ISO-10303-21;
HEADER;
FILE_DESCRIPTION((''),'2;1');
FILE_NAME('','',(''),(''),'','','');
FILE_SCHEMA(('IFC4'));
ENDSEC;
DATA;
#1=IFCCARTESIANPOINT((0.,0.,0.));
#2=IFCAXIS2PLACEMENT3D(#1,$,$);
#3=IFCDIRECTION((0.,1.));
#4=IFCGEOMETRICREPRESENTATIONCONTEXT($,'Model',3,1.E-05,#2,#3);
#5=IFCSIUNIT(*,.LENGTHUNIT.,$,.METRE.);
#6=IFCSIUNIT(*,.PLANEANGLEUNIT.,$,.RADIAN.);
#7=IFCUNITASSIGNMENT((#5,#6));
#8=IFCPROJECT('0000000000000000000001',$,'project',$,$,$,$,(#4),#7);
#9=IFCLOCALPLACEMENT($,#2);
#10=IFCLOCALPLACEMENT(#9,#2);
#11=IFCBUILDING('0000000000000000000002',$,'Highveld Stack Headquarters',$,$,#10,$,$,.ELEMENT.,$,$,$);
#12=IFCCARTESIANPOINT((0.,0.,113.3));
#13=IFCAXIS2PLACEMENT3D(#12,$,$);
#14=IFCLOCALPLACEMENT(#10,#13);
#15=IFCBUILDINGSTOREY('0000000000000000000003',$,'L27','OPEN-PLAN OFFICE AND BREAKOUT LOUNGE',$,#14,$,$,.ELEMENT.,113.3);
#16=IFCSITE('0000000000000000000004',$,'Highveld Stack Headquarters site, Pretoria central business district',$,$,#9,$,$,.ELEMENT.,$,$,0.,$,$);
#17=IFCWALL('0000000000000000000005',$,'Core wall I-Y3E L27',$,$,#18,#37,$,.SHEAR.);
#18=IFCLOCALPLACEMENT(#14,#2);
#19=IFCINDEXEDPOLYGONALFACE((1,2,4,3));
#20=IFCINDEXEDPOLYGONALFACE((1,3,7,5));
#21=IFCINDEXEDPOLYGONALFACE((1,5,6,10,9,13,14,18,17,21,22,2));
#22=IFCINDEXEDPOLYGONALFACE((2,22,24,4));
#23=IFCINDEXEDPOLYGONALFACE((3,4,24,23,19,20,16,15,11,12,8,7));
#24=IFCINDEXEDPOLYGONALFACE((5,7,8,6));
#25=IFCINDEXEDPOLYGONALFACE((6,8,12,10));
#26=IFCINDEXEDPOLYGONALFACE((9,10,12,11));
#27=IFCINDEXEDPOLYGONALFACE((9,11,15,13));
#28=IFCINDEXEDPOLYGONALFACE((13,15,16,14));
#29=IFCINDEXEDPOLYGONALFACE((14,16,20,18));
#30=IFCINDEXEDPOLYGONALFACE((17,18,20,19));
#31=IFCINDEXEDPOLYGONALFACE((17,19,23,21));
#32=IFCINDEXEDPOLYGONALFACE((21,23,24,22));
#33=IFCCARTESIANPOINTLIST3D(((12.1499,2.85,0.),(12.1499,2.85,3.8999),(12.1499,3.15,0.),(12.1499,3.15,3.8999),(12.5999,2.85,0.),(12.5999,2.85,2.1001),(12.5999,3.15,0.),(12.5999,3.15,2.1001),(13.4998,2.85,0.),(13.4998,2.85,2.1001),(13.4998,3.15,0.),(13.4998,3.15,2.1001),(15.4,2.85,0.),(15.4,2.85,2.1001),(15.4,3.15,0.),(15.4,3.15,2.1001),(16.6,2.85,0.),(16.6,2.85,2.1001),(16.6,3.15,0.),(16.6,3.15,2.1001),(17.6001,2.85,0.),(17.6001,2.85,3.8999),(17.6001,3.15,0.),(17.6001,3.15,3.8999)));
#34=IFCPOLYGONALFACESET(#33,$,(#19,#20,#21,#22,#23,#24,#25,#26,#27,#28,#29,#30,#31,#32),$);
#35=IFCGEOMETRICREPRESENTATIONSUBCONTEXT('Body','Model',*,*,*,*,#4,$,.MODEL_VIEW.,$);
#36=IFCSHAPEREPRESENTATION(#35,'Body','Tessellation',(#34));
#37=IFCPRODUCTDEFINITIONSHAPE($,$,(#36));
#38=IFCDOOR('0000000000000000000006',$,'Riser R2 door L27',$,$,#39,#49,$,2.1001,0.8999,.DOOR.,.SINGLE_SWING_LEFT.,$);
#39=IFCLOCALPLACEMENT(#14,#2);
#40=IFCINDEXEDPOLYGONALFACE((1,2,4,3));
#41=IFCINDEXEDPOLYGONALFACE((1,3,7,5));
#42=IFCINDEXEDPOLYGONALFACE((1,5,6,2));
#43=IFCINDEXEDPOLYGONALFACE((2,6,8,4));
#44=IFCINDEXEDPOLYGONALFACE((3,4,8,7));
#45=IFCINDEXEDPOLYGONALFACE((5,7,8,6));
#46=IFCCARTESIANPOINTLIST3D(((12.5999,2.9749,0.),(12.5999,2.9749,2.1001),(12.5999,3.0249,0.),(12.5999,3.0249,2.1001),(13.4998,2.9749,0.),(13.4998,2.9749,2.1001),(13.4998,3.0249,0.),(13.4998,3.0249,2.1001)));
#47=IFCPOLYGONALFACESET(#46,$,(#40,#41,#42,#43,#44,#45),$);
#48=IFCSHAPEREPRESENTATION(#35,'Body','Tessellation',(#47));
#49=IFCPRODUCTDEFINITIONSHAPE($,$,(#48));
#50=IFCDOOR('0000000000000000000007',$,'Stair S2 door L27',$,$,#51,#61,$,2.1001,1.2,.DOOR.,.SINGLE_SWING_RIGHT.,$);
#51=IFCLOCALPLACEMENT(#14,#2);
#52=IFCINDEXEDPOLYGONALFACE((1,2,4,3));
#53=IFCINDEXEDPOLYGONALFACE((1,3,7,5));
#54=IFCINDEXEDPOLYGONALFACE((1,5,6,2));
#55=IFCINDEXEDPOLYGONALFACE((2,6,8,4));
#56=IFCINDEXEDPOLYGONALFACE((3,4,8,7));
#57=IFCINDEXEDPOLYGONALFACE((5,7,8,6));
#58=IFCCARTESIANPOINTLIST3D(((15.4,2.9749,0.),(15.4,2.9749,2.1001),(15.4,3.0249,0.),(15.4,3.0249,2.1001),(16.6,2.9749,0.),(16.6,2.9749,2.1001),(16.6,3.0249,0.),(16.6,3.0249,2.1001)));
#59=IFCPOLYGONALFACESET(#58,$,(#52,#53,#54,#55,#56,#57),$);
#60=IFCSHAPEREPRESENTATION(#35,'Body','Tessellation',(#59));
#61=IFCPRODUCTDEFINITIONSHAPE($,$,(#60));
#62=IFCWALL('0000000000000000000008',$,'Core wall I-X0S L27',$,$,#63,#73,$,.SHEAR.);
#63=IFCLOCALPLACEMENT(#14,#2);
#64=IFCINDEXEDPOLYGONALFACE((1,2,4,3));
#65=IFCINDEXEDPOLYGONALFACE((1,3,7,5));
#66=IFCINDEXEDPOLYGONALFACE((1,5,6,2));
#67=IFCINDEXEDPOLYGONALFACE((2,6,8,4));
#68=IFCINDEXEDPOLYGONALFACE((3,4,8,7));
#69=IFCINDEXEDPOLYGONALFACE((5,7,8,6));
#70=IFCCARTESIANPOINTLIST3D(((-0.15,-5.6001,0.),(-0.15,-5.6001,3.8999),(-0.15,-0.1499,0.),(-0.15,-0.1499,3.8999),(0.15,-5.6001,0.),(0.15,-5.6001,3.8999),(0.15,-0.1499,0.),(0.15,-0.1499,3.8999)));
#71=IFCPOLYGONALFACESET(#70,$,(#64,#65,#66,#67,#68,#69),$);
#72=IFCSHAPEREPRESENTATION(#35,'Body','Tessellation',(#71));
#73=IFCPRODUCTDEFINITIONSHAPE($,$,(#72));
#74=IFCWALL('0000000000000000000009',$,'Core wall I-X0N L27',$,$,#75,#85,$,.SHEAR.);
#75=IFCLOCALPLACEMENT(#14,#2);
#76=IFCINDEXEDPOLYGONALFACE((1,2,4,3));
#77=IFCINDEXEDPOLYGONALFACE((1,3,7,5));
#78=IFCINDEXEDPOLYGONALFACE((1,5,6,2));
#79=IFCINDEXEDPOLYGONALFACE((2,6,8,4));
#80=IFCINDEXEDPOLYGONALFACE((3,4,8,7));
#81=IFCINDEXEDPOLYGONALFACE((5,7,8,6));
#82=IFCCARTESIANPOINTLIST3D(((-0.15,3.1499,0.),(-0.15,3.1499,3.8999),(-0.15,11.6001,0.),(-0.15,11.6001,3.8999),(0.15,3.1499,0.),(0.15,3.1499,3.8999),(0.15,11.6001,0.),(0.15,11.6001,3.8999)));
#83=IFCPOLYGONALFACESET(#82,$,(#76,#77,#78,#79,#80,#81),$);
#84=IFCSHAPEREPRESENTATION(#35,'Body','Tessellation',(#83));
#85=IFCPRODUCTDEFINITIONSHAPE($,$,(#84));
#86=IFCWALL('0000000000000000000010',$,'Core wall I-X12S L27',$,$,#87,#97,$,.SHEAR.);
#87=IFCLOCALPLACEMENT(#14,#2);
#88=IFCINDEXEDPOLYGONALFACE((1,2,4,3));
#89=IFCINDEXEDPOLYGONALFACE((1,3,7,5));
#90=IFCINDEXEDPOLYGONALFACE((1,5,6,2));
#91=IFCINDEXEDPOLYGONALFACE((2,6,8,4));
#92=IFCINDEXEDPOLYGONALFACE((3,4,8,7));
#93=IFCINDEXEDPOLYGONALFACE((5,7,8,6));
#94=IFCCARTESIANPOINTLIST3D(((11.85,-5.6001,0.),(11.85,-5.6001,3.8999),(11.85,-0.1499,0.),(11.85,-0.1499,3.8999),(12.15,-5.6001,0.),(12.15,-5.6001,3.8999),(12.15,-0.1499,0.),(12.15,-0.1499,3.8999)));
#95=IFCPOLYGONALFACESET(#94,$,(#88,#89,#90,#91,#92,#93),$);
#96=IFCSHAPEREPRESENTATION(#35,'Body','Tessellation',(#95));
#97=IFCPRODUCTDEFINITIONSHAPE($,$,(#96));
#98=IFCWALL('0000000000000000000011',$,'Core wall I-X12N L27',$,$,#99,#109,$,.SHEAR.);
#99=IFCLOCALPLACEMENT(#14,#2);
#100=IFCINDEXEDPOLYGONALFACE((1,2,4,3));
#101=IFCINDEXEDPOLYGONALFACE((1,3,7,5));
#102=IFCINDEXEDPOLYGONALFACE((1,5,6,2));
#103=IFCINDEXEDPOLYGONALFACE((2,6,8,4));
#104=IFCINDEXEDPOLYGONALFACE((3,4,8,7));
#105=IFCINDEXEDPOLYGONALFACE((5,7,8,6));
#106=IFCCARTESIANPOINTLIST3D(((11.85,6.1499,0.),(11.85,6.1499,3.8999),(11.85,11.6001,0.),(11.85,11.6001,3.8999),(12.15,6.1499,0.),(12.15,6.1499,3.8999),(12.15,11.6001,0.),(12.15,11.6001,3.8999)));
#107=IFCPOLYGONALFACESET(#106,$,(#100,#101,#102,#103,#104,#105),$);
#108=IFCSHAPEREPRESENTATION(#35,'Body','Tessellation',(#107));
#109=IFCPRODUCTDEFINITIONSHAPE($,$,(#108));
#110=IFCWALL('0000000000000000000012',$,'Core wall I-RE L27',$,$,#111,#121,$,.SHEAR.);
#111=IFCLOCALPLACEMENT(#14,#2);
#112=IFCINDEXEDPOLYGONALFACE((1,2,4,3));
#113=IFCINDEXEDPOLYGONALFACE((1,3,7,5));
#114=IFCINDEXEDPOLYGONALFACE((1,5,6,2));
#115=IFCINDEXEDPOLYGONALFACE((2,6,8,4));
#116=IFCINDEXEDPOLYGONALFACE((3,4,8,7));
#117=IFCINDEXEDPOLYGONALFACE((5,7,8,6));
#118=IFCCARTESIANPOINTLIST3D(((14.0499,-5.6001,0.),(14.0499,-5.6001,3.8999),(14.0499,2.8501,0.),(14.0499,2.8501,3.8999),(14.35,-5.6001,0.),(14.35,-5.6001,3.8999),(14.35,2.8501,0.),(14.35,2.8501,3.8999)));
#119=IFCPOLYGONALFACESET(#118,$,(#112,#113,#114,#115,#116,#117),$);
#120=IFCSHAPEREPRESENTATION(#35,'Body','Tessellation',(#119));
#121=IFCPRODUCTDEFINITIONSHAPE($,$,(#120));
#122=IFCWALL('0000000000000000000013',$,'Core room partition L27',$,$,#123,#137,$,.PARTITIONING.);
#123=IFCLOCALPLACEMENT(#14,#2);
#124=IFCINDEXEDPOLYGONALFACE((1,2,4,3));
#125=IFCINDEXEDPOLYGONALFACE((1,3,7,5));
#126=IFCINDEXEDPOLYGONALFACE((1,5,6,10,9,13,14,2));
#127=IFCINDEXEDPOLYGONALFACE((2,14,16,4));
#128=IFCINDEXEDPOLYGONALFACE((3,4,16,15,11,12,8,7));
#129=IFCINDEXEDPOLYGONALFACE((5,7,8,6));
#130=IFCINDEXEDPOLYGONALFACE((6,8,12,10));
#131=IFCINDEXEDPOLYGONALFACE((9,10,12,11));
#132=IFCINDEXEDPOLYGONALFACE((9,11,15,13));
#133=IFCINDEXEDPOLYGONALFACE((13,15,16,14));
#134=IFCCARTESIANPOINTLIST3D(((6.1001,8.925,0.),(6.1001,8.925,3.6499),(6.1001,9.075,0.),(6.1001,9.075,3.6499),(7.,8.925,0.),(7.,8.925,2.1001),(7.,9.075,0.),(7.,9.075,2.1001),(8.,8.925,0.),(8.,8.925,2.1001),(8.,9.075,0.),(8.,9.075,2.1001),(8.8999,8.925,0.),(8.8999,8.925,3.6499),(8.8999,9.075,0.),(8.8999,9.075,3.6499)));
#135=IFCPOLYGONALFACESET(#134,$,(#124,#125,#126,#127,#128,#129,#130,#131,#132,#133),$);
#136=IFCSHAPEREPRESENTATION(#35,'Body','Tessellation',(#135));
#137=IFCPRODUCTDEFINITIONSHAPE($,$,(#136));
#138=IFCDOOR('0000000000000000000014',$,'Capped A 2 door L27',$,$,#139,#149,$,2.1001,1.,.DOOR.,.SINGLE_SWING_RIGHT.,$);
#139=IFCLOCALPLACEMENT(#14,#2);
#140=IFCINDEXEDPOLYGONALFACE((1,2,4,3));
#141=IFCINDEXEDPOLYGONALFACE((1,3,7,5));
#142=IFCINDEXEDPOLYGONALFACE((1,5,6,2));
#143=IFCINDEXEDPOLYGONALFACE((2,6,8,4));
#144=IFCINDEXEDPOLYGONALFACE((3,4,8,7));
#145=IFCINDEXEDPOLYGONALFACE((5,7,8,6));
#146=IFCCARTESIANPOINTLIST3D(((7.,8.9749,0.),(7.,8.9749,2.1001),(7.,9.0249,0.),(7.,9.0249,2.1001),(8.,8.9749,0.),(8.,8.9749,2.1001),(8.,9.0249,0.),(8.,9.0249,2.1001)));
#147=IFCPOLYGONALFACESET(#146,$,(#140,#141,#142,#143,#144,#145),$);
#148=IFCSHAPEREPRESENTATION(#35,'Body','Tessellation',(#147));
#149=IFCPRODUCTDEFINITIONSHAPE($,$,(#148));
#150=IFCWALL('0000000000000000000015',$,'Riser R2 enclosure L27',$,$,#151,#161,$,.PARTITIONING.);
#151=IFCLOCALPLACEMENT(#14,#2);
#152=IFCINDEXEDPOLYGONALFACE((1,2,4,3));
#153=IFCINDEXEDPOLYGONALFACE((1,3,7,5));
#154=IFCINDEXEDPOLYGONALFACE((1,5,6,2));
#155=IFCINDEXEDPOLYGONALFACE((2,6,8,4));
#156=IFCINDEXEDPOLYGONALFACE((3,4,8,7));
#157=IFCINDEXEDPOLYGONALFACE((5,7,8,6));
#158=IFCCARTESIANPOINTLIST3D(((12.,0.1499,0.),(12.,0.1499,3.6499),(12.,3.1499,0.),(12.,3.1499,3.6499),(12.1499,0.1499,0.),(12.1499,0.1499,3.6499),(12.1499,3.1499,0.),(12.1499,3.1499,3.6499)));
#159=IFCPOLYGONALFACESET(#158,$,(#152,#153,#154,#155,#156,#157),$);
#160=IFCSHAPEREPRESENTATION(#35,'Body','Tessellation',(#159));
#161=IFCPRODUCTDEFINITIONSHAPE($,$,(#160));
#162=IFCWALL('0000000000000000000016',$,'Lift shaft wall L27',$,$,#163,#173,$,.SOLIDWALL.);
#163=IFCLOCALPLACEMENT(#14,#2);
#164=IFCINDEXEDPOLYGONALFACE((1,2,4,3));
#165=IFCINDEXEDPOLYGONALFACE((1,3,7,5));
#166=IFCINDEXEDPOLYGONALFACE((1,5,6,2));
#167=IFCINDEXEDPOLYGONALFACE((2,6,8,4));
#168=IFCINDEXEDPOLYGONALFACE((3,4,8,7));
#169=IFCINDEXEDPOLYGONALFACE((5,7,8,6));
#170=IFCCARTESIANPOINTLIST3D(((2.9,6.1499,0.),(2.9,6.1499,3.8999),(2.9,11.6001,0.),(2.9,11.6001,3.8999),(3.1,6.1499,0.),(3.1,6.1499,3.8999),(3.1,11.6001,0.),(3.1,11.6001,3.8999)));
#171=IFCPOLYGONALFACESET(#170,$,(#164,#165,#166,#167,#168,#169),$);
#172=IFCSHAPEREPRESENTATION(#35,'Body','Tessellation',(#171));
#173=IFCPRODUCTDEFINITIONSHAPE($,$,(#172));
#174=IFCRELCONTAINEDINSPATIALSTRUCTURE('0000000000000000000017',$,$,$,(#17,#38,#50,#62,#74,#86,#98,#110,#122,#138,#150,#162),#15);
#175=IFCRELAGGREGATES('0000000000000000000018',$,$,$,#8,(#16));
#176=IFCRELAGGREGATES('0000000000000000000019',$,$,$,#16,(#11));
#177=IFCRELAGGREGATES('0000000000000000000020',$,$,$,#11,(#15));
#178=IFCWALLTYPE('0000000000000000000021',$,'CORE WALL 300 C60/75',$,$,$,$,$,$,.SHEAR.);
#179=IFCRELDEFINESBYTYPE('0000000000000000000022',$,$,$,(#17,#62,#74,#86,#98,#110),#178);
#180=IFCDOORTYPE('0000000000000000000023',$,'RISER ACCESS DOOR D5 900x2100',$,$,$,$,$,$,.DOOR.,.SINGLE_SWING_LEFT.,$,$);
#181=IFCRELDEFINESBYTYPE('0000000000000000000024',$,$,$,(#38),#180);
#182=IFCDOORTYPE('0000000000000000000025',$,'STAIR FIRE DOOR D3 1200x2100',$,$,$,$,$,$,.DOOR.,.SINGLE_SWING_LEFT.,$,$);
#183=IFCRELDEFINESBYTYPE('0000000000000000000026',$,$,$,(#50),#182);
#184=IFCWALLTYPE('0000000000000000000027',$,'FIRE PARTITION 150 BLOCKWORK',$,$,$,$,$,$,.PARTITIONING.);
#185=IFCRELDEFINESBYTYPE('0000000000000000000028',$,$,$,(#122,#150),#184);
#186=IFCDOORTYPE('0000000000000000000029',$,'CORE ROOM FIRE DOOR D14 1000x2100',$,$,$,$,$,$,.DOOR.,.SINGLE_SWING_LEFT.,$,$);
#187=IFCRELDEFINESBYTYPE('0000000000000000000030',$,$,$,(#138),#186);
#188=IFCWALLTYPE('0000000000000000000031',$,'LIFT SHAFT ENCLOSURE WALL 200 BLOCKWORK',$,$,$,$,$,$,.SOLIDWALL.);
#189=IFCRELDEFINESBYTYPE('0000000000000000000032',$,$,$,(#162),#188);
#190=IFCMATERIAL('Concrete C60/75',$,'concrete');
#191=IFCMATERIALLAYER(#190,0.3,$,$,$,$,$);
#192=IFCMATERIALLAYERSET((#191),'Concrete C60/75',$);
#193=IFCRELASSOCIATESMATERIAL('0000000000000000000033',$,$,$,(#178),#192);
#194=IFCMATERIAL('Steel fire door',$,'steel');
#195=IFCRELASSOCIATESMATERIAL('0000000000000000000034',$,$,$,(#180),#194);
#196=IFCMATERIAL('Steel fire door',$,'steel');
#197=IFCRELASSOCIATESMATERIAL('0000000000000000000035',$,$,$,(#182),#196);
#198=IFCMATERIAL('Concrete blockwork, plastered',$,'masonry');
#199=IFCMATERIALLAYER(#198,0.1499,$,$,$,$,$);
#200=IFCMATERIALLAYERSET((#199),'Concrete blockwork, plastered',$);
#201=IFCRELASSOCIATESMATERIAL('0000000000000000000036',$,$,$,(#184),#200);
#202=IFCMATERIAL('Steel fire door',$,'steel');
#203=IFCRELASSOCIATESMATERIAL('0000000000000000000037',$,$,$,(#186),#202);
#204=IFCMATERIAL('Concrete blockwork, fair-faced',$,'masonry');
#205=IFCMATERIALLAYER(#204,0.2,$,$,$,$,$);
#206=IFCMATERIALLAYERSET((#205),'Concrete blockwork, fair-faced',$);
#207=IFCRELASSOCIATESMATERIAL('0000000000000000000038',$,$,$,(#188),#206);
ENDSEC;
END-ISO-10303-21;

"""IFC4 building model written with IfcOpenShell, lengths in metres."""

from ifc_helpers import new_model, si_unit, direction, frame, frame_2d, origin, place, context, subcontext, project, spatial, rectangle, extrude, material, layer, layer_set, type_object, element, fill, save


model = new_model("IFC4")

# Units and contexts
model_context = context("Model", 3, precision=1e-05, world=origin(), true_north=direction((0.0, 1.0)))
body_context = subcontext(model_context, "Body", "Model", "MODEL_VIEW")
ifc_project = project(units=[si_unit("LENGTHUNIT", "METRE"), si_unit("PLANEANGLEUNIT", "RADIAN")], contexts=[model_context])

# Site, building, storey
site_placement = place(None, origin())
site = spatial("IfcSite", under=ifc_project, at=site_placement, Name="Highveld Stack Headquarters site, Pretoria central business district", CompositionType="ELEMENT", RefElevation=0.0)
building_placement = place(site_placement, origin())
building = spatial("IfcBuilding", under=site, at=building_placement, Name="Highveld Stack Headquarters", CompositionType="ELEMENT")
storey_placement = place(building_placement, frame((0.0, 0.0, 113.3)))
storey = spatial("IfcBuildingStorey", under=building, at=storey_placement, Name="L27", Description="OPEN-PLAN OFFICE AND BREAKOUT LOUNGE", CompositionType="ELEMENT", Elevation=113.3)

# Wall, openings, doors
ifc_material_1 = material(Name="Concrete C60/75", Category="concrete")
ifc_layer_1 = layer(ifc_material_1, 0.3)
ifc_layer_set_1 = layer_set([ifc_layer_1], Name="Concrete C60/75")
wall_type_1 = type_object("IfcWallType", Name="CORE WALL 300 C60/75", PredefinedType="SHEAR", material=ifc_layer_set_1)
wall_1_placement = place(storey_placement, frame((12.1499, 3.0, 0.0), z_axis=(0.0, 0.0, 1.0), x_axis=(1.0, 0.0, 0.0)))
wall_1 = element("IfcWall", 1, at=wall_1_placement, inside=storey, type_object=wall_type_1, Name="Core wall I-Y3E L27", PredefinedType="SHEAR", context=body_context, shape_type="SweptSolid", body=[
    extrude(rectangle(XDim=5.4502, YDim=0.3, at=frame_2d((2.7251, 0.0))), origin(), (0.0, 0.0, 1.0), 3.8999),
])
opening_1_placement = place(wall_1_placement, frame((3.25, 0.0, 0.0)))
opening_1 = element("IfcOpeningElement", 2, at=opening_1_placement, cuts=wall_1, PredefinedType="OPENING", context=body_context, shape_type="SweptSolid", body=[
    extrude(rectangle(XDim=1.2, YDim=2.1001, at=frame_2d((0.6001, 1.05))), frame((0.0, 0.1599, 0.0), z_axis=(0.0, -1.0, 0.0), x_axis=(1.0, 0.0, 0.0)), (0.0, 0.0, 1.0), 0.3201),
])
opening_2_placement = place(wall_1_placement, frame((0.45, 0.0, 0.0)))
opening_2 = element("IfcOpeningElement", 3, at=opening_2_placement, cuts=wall_1, PredefinedType="OPENING", context=body_context, shape_type="SweptSolid", body=[
    extrude(rectangle(XDim=0.8999, YDim=2.1001, at=frame_2d((0.45, 1.05))), frame((0.0, 0.1599, 0.0), z_axis=(0.0, -1.0, 0.0), x_axis=(1.0, 0.0, 0.0)), (0.0, 0.0, 1.0), 0.3201),
])
ifc_material_2 = material(Name="Steel fire door", Category="steel")
door_type_1 = type_object("IfcDoorType", Name="RISER ACCESS DOOR D5 900x2100", OperationType="SINGLE_SWING_LEFT", PredefinedType="DOOR", material=ifc_material_2)
door_1_placement = place(opening_2_placement, origin())
door_1 = element("IfcDoor", 4, at=door_1_placement, inside=storey, type_object=door_type_1, Name="Riser R2 door L27", OperationType="SINGLE_SWING_LEFT", OverallHeight=2.1001, OverallWidth=0.8999, PredefinedType="DOOR", context=body_context, shape_type="SweptSolid", body=[
    extrude(rectangle(XDim=0.8999, YDim=2.1001, at=frame_2d((0.45, 1.05))), frame((0.0, 0.0249, 0.0), z_axis=(0.0, -1.0, 0.0), x_axis=(1.0, 0.0, 0.0)), (0.0, 0.0, 1.0), 0.05),
])
fill(opening_2, door_1)
ifc_material_3 = material(Name="Steel fire door", Category="steel")
door_type_2 = type_object("IfcDoorType", Name="STAIR FIRE DOOR D3 1200x2100", OperationType="SINGLE_SWING_LEFT", PredefinedType="DOOR", material=ifc_material_3)
door_2_placement = place(opening_1_placement, origin())
door_2 = element("IfcDoor", 5, at=door_2_placement, inside=storey, type_object=door_type_2, Name="Stair S2 door L27", OperationType="SINGLE_SWING_RIGHT", OverallHeight=2.1001, OverallWidth=1.2, PredefinedType="DOOR", context=body_context, shape_type="SweptSolid", body=[
    extrude(rectangle(XDim=1.2, YDim=2.1001, at=frame_2d((0.6001, 1.05))), frame((0.0, 0.0249, 0.0), z_axis=(0.0, -1.0, 0.0), x_axis=(1.0, 0.0, 0.0)), (0.0, 0.0, 1.0), 0.05),
])
fill(opening_1, door_2)

# Walls
wall_2_placement = place(storey_placement, frame((0.0, -5.6001, 0.0), z_axis=(0.0, 0.0, 1.0), x_axis=(0.0, 1.0, 0.0)))
element("IfcWall", 6, at=wall_2_placement, inside=storey, type_object=wall_type_1, Name="Core wall I-X0S L27", PredefinedType="SHEAR", context=body_context, shape_type="SweptSolid", body=[
    extrude(rectangle(XDim=5.4502, YDim=0.3, at=frame_2d((2.7251, 0.0))), origin(), (0.0, 0.0, 1.0), 3.8999),
])
wall_3_placement = place(storey_placement, frame((0.0, 3.1499, 0.0), z_axis=(0.0, 0.0, 1.0), x_axis=(0.0, 1.0, 0.0)))
element("IfcWall", 7, at=wall_3_placement, inside=storey, type_object=wall_type_1, Name="Core wall I-X0N L27", PredefinedType="SHEAR", context=body_context, shape_type="SweptSolid", body=[
    extrude(rectangle(XDim=8.4502, YDim=0.3, at=frame_2d((4.2251, 0.0))), origin(), (0.0, 0.0, 1.0), 3.8999),
])
for number, where, z_axis, x_axis, name in (
    (8, (12.0, -5.6001, 0.0), (0.0, 0.0, 1.0), (0.0, 1.0, 0.0), "Core wall I-X12S L27"),
    (9, (12.0, 6.1499, 0.0), (0.0, 0.0, 1.0), (0.0, 1.0, 0.0), "Core wall I-X12N L27"),
):
    element("IfcWall", number, at=place(storey_placement, frame(where, z_axis=z_axis, x_axis=x_axis)), inside=storey, type_object=wall_type_1, Name=name, PredefinedType="SHEAR", context=body_context, shape_type="SweptSolid", body=[
        extrude(rectangle(XDim=5.4502, YDim=0.3, at=frame_2d((2.7251, 0.0))), origin(), (0.0, 0.0, 1.0), 3.8999),
    ])
wall_4_placement = place(storey_placement, frame((14.2, -5.6001, 0.0), z_axis=(0.0, 0.0, 1.0), x_axis=(0.0, 1.0, 0.0)))
element("IfcWall", 10, at=wall_4_placement, inside=storey, type_object=wall_type_1, Name="Core wall I-RE L27", PredefinedType="SHEAR", context=body_context, shape_type="SweptSolid", body=[
    extrude(rectangle(XDim=8.4502, YDim=0.3, at=frame_2d((4.2251, 0.0))), origin(), (0.0, 0.0, 1.0), 3.8999),
])

# Wall, opening, door
ifc_material_4 = material(Name="Concrete blockwork, plastered", Category="masonry")
ifc_layer_2 = layer(ifc_material_4, 0.1499)
ifc_layer_set_2 = layer_set([ifc_layer_2], Name="Concrete blockwork, plastered")
wall_type_2 = type_object("IfcWallType", Name="FIRE PARTITION 150 BLOCKWORK", PredefinedType="PARTITIONING", material=ifc_layer_set_2)
wall_5_placement = place(storey_placement, frame((6.1001, 9.0, 0.0), z_axis=(0.0, 0.0, 1.0), x_axis=(1.0, 0.0, 0.0)))
wall_5 = element("IfcWall", 11, at=wall_5_placement, inside=storey, type_object=wall_type_2, Name="Core room partition L27", PredefinedType="PARTITIONING", context=body_context, shape_type="SweptSolid", body=[
    extrude(rectangle(XDim=2.7998, YDim=0.1499, at=frame_2d((1.3999, 0.0))), origin(), (0.0, 0.0, 1.0), 3.6499),
])
opening_3_placement = place(wall_5_placement, frame((0.8999, 0.0, 0.0)))
opening_3 = element("IfcOpeningElement", 12, at=opening_3_placement, cuts=wall_5, PredefinedType="OPENING", context=body_context, shape_type="SweptSolid", body=[
    extrude(rectangle(XDim=1.0, YDim=2.1001, at=frame_2d((0.5, 1.05))), frame((0.0, 0.085, 0.0), z_axis=(0.0, -1.0, 0.0), x_axis=(1.0, 0.0, 0.0)), (0.0, 0.0, 1.0), 0.1699),
])
ifc_material_5 = material(Name="Steel fire door", Category="steel")
door_type_3 = type_object("IfcDoorType", Name="CORE ROOM FIRE DOOR D14 1000x2100", OperationType="SINGLE_SWING_LEFT", PredefinedType="DOOR", material=ifc_material_5)
door_3_placement = place(opening_3_placement, origin())
door_3 = element("IfcDoor", 13, at=door_3_placement, inside=storey, type_object=door_type_3, Name="Capped A 2 door L27", OperationType="SINGLE_SWING_RIGHT", OverallHeight=2.1001, OverallWidth=1.0, PredefinedType="DOOR", context=body_context, shape_type="SweptSolid", body=[
    extrude(rectangle(XDim=1.0, YDim=2.1001, at=frame_2d((0.5, 1.05))), frame((0.0, 0.0249, 0.0), z_axis=(0.0, -1.0, 0.0), x_axis=(1.0, 0.0, 0.0)), (0.0, 0.0, 1.0), 0.05),
])
fill(opening_3, door_3)

# Walls
wall_6_placement = place(storey_placement, frame((12.075, 0.1499, 0.0), z_axis=(0.0, 0.0, 1.0), x_axis=(0.0, 1.0, 0.0)))
element("IfcWall", 14, at=wall_6_placement, inside=storey, type_object=wall_type_2, Name="Riser R2 enclosure L27", PredefinedType="PARTITIONING", context=body_context, shape_type="SweptSolid", body=[
    extrude(rectangle(XDim=3.0, YDim=0.1499, at=frame_2d((1.5, 0.0))), origin(), (0.0, 0.0, 1.0), 3.6499),
])
ifc_material_6 = material(Name="Concrete blockwork, fair-faced", Category="masonry")
ifc_layer_3 = layer(ifc_material_6, 0.2)
ifc_layer_set_3 = layer_set([ifc_layer_3], Name="Concrete blockwork, fair-faced")
wall_type_3 = type_object("IfcWallType", Name="LIFT SHAFT ENCLOSURE WALL 200 BLOCKWORK", PredefinedType="SOLIDWALL", material=ifc_layer_set_3)
for number, where, z_axis, x_axis, name in (
    (15, (3.0, 6.1499, 0.0), (0.0, 0.0, 1.0), (0.0, 1.0, 0.0), "Lift shaft wall L27"),
):
    element("IfcWall", number, at=place(storey_placement, frame(where, z_axis=z_axis, x_axis=x_axis)), inside=storey, type_object=wall_type_3, Name=name, PredefinedType="SOLIDWALL", context=body_context, shape_type="SweptSolid", body=[
        extrude(rectangle(XDim=5.4502, YDim=0.2, at=frame_2d((2.7251, 0.0))), origin(), (0.0, 0.0, 1.0), 3.8999),
    ])

save(model, "model.ifc")
